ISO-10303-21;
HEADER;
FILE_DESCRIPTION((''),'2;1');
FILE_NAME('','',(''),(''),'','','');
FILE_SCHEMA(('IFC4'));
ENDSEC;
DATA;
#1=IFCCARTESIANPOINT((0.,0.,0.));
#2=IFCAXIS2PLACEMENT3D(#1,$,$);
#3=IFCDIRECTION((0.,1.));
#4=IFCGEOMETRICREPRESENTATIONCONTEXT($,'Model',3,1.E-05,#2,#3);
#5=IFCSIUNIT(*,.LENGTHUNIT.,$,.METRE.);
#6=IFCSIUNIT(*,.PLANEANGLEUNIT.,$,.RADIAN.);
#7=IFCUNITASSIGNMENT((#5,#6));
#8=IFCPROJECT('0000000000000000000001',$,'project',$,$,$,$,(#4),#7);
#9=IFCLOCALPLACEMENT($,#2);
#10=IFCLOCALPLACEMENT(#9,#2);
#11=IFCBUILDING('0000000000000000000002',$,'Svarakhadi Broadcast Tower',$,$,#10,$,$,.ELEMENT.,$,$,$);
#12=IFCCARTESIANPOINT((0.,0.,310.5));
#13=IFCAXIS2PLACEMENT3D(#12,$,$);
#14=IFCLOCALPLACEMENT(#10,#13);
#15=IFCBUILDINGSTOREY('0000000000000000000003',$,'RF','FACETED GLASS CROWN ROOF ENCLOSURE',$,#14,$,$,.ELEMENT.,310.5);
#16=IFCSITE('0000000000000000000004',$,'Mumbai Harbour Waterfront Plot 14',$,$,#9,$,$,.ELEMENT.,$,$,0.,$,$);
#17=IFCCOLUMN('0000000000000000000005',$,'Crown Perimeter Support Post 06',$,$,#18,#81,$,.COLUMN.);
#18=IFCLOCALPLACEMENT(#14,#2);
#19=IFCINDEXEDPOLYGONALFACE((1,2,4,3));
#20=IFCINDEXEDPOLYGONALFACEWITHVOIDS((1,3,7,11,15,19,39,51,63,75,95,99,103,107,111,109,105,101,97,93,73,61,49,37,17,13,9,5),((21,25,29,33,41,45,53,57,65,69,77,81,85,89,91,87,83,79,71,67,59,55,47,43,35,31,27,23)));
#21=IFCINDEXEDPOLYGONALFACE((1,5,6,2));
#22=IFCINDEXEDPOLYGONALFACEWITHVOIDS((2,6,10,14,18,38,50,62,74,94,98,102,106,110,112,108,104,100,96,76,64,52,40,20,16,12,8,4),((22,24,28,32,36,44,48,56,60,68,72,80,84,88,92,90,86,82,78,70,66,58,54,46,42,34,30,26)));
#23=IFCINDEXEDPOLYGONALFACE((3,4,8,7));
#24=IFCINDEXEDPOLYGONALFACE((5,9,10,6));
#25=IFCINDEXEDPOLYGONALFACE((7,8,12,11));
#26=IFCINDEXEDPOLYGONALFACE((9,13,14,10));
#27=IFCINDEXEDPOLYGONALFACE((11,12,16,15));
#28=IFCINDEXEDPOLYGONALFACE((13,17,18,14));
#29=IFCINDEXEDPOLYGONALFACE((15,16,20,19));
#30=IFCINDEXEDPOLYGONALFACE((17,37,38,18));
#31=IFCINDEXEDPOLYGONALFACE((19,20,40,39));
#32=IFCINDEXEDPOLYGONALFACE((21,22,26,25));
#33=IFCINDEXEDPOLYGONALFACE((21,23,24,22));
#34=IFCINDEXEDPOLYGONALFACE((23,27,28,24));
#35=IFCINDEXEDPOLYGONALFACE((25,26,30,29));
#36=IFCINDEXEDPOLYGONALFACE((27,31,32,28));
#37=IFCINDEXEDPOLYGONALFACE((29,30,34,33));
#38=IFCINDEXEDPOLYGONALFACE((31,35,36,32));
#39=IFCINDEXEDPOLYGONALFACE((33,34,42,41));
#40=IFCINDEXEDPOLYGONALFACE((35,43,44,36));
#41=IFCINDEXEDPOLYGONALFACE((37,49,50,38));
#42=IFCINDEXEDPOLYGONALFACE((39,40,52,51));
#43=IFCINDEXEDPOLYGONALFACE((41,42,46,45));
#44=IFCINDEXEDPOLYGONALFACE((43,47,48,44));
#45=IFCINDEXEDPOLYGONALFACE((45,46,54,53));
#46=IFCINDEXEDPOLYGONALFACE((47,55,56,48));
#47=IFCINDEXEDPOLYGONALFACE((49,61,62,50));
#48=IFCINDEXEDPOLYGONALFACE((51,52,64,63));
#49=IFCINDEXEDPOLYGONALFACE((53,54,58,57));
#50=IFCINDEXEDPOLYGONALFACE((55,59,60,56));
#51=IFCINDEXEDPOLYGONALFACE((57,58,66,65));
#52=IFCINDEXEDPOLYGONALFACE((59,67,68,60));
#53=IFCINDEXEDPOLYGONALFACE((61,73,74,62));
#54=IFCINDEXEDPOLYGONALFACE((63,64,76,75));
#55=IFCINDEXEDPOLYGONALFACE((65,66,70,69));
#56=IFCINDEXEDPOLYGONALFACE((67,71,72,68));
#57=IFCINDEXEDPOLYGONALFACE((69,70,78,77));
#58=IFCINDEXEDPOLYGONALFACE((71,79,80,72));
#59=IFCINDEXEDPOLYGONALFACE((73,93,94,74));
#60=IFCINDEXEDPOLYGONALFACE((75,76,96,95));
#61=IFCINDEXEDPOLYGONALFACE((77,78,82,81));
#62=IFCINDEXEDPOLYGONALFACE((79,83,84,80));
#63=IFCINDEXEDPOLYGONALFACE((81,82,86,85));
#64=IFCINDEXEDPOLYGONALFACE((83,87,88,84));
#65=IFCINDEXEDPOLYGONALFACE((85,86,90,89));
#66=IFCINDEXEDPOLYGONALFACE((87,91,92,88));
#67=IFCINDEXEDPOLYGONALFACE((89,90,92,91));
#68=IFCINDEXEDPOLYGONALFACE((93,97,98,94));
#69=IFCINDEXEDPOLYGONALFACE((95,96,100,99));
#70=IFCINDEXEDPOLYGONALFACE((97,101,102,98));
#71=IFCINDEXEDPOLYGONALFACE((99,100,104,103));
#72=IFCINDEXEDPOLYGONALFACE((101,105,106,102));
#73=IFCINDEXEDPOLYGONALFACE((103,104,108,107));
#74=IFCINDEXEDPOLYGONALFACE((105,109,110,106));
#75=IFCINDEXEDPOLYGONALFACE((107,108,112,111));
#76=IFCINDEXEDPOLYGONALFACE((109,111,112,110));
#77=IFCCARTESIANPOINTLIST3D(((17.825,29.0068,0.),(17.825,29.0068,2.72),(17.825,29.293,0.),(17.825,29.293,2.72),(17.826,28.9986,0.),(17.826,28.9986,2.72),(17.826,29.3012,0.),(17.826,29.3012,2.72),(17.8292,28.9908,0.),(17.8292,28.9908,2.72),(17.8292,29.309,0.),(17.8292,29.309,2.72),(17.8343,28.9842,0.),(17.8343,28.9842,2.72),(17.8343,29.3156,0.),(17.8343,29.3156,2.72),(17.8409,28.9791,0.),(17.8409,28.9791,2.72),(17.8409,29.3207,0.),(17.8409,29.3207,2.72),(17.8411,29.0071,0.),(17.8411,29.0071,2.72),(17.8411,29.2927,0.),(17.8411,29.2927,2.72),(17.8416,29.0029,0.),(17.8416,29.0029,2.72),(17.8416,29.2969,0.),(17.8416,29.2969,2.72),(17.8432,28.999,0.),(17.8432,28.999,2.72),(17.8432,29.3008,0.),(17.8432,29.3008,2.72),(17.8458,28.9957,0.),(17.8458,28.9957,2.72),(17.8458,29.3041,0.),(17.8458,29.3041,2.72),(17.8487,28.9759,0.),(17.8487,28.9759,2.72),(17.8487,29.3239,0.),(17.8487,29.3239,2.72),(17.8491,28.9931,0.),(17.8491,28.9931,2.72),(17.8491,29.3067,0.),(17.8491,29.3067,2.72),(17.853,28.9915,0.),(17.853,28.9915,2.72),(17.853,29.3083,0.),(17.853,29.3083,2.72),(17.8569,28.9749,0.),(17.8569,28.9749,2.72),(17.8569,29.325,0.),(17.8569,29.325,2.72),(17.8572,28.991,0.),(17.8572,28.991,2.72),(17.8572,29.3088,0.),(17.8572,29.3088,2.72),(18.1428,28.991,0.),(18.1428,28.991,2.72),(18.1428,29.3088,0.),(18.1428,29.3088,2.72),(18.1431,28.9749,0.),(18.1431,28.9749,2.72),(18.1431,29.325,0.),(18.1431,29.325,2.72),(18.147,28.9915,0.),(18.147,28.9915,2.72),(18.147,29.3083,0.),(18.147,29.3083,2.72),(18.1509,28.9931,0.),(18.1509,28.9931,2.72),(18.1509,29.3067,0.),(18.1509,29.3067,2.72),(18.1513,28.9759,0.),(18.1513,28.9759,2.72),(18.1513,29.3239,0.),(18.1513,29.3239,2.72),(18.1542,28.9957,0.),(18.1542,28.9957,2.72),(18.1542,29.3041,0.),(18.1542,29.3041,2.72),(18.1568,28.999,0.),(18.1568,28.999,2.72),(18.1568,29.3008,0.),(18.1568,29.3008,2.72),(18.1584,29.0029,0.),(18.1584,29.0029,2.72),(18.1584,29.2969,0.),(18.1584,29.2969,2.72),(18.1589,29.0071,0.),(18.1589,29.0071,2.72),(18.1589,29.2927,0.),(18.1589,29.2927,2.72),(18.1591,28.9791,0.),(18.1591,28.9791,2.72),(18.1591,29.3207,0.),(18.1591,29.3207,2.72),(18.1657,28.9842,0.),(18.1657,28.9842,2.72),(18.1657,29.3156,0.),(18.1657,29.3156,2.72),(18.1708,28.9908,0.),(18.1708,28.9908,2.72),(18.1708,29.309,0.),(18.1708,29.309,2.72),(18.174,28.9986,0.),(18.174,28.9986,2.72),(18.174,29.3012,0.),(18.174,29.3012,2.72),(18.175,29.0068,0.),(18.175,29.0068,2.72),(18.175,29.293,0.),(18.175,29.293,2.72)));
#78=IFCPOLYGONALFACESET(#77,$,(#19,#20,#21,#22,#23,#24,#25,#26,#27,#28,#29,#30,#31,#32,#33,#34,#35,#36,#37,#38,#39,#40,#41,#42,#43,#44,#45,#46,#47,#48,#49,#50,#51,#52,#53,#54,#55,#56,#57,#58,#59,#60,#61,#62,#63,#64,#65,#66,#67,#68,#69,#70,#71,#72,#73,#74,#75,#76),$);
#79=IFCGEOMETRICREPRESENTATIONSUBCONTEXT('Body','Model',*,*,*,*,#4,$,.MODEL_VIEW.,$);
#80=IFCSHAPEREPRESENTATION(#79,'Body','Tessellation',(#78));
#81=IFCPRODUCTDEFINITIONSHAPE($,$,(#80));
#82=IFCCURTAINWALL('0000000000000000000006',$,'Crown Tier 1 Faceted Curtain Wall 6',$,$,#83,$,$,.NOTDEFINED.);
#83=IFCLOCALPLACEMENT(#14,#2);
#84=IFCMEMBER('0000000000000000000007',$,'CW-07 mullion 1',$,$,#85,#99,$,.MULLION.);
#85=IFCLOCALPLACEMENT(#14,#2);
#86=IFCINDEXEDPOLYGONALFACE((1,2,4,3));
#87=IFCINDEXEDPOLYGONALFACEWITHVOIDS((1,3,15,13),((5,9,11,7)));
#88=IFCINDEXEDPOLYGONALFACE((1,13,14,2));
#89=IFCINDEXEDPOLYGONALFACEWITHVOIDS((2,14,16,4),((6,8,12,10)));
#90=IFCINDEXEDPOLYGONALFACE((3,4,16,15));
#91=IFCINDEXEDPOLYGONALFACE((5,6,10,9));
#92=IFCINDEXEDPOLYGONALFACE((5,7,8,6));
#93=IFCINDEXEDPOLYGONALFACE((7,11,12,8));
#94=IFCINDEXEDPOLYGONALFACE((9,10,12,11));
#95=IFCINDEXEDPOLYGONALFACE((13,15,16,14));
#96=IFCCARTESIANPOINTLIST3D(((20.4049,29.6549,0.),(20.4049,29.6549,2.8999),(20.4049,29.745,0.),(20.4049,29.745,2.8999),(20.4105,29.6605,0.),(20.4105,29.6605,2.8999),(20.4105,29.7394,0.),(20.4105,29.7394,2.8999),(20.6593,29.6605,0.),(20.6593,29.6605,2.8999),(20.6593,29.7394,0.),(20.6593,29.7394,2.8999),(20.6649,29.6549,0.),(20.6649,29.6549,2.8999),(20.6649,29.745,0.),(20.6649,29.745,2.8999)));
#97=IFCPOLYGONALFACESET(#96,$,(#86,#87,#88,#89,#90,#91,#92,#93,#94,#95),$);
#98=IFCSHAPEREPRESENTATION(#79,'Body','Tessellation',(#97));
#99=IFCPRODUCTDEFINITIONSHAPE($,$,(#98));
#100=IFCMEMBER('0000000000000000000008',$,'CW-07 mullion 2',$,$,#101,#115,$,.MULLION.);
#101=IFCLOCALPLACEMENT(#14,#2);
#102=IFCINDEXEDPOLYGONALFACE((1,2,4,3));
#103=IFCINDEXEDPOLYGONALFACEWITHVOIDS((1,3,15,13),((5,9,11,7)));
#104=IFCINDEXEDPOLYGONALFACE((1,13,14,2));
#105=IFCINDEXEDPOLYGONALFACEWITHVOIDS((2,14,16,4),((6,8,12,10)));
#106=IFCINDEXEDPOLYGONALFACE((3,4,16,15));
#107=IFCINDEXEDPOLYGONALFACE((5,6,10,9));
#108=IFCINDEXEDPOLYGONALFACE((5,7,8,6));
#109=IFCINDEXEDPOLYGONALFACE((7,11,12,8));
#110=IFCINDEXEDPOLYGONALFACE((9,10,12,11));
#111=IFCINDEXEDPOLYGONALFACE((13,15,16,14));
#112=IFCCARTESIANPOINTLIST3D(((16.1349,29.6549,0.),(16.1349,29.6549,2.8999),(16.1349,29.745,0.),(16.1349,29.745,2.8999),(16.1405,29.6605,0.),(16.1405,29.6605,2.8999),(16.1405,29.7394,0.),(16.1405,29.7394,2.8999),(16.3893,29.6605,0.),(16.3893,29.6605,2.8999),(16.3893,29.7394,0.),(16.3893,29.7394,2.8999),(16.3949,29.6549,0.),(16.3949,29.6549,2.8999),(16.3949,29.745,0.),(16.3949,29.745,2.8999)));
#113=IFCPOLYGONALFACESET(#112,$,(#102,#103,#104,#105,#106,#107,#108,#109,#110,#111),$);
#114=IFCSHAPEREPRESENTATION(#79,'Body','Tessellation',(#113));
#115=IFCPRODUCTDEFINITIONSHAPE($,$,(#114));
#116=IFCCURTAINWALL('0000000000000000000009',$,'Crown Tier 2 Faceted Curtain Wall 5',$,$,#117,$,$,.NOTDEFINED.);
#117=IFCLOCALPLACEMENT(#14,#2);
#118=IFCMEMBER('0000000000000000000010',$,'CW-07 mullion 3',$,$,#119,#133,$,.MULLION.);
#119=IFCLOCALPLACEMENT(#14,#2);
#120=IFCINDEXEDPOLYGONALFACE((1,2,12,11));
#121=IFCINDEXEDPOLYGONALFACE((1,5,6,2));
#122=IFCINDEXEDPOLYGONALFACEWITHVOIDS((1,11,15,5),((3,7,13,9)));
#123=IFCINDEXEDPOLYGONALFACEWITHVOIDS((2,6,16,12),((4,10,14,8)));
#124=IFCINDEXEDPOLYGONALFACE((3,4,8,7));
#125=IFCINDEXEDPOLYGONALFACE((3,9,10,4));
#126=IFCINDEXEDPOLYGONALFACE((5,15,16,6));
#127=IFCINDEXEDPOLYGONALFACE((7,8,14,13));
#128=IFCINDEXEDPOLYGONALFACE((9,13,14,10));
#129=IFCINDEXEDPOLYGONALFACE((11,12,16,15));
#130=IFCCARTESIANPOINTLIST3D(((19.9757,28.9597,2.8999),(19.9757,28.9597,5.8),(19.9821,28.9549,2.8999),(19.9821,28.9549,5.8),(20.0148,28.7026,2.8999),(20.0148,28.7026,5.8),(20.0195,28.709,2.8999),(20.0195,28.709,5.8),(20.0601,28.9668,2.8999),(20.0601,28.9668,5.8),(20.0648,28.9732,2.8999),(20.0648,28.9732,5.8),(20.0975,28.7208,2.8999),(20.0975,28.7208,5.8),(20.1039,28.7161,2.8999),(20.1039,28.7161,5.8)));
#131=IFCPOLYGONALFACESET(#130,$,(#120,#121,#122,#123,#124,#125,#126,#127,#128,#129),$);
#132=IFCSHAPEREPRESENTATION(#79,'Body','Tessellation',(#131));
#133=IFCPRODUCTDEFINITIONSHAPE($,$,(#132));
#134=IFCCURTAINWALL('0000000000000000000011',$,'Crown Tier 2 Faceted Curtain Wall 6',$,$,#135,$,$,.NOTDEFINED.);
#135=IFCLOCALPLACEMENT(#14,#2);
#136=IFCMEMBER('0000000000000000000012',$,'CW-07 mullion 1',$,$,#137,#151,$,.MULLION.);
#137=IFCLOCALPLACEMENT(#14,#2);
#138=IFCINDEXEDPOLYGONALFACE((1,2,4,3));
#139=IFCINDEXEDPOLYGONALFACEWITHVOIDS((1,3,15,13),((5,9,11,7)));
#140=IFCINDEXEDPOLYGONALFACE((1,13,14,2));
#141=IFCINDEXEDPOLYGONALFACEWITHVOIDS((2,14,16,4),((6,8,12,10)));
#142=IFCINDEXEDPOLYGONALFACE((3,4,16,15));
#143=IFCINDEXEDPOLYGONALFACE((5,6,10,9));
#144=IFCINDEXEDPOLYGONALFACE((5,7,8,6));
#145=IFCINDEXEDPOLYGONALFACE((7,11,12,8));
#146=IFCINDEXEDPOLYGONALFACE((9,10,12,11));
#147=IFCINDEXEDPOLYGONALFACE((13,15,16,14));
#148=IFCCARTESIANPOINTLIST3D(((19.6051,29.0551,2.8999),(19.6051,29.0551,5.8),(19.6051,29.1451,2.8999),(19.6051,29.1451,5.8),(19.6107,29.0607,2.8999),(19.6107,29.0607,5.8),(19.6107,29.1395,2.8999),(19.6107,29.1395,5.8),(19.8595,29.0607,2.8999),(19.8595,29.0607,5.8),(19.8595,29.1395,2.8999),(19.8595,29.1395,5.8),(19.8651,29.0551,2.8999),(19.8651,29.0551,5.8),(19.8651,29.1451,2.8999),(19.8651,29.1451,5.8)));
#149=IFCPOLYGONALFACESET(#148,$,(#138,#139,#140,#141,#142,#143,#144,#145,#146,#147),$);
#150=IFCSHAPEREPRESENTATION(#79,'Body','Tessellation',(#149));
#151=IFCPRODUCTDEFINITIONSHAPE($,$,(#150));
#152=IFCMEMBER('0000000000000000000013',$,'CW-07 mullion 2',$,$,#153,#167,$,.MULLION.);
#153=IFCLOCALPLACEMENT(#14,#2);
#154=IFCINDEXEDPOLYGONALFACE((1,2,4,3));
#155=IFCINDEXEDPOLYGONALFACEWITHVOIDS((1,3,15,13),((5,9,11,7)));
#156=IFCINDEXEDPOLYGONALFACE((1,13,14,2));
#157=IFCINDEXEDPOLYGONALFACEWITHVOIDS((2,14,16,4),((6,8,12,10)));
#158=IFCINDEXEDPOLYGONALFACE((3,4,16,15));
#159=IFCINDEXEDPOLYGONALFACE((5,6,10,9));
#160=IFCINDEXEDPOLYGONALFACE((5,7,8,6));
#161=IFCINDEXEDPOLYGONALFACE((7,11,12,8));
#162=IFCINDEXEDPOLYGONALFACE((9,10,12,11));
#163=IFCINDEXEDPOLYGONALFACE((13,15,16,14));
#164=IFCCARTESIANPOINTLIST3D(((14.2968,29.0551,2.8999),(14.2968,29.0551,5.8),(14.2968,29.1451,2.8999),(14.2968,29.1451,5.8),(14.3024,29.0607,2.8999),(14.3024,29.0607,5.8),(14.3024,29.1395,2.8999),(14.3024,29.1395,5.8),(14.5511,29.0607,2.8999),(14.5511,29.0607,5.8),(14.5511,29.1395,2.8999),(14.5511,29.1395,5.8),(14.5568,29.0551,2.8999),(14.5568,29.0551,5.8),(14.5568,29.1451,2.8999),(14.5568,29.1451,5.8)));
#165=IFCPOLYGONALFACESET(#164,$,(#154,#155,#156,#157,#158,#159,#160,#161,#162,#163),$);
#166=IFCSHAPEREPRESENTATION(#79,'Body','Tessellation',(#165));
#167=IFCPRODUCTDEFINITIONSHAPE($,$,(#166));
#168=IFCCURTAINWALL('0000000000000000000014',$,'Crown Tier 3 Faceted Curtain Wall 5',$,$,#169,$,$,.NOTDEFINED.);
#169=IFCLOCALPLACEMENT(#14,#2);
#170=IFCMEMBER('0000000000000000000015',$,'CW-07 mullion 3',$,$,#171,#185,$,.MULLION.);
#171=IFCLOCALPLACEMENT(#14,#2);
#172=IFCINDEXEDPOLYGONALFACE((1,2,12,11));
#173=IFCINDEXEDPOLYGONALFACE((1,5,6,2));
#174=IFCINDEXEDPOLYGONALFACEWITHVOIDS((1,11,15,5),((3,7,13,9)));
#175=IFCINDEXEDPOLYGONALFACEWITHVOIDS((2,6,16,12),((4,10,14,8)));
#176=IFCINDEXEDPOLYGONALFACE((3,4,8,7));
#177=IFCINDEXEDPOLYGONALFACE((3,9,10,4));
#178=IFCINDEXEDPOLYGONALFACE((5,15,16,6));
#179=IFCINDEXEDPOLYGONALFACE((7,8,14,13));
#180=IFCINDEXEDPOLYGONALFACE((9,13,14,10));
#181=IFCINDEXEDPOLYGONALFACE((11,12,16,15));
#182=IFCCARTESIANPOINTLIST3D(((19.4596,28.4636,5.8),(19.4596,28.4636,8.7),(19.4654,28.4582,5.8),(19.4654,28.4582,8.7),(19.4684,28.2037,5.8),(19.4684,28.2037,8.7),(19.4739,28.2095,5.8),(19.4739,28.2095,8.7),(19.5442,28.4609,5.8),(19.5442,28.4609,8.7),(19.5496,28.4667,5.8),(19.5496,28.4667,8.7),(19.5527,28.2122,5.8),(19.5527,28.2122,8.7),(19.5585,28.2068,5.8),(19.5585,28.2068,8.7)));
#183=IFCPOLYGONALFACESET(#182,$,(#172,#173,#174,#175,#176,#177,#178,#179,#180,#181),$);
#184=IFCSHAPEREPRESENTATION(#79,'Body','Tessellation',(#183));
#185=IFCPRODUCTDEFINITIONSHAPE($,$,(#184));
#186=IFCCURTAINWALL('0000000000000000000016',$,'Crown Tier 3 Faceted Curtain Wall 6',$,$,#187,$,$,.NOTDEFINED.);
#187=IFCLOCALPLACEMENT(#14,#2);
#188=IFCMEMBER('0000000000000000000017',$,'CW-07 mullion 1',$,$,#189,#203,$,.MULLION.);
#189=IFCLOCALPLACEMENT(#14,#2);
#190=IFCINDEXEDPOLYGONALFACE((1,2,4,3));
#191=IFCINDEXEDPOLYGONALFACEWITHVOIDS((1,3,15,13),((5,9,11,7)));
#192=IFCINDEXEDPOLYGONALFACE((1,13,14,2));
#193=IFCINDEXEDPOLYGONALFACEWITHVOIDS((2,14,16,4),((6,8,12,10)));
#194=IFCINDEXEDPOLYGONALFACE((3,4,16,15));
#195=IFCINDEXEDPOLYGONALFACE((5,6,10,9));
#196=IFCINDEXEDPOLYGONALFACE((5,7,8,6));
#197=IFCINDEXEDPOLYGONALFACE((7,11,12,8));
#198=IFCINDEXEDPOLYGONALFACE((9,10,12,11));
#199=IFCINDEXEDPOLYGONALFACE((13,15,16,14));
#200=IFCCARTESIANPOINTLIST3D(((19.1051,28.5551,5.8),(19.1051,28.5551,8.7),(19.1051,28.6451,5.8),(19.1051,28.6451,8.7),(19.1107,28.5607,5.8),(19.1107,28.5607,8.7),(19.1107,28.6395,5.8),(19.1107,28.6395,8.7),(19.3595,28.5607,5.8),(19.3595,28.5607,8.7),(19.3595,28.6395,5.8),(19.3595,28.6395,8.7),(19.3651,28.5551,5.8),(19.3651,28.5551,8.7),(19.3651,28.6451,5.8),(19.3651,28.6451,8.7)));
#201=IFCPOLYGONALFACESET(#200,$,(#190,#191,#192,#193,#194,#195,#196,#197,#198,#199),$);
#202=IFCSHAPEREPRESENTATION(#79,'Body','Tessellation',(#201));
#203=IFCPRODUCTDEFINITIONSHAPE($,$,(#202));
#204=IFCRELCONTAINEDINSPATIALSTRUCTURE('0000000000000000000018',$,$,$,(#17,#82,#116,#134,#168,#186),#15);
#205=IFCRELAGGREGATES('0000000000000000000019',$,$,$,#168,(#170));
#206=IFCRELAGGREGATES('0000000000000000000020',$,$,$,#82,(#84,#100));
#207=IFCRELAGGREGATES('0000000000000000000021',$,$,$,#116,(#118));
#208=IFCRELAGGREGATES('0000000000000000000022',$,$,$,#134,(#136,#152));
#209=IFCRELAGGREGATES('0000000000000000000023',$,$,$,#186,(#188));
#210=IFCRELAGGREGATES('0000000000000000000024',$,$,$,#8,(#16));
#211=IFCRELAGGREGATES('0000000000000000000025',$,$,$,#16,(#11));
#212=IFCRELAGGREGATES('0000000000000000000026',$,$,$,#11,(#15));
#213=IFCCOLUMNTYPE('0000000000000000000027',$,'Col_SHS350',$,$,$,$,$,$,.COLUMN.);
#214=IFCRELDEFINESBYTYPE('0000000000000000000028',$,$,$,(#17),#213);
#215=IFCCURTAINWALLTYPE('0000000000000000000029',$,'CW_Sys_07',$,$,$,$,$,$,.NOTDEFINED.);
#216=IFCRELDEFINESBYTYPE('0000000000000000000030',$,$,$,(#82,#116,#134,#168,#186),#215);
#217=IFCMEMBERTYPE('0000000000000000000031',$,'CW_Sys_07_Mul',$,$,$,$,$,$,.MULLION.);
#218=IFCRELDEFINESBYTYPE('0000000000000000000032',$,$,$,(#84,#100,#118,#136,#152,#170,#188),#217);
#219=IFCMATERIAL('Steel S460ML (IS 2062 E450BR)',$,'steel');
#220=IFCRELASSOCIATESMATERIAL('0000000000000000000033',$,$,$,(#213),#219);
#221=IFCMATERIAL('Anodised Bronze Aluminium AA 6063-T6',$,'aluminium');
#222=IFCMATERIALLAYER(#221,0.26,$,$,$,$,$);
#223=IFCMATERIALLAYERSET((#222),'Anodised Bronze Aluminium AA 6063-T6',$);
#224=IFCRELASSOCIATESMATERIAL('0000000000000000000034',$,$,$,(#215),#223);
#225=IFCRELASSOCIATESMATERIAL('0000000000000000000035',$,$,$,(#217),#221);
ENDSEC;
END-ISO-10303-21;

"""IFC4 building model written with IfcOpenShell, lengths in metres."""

from ifc_helpers import new_model, si_unit, direction, frame, origin, origin_2d, place, context, subcontext, project, spatial, hollow_rectangle, extrude, material, layer, layer_set, material_profile, profile_set, type_object, element, aggregate, save


model = new_model("IFC4")

# Units and contexts
model_context = context("Model", 3, precision=1e-05, world=origin(), true_north=direction((0.0, 1.0)))
body_context = subcontext(model_context, "Body", "Model", "MODEL_VIEW")
ifc_project = project(units=[si_unit("LENGTHUNIT", "METRE"), si_unit("PLANEANGLEUNIT", "RADIAN")], contexts=[model_context])

# Site, building, storey
site_placement = place(None, origin())
site = spatial("IfcSite", under=ifc_project, at=site_placement, Name="Mumbai Harbour Waterfront Plot 14", CompositionType="ELEMENT", RefElevation=0.0)
building_placement = place(site_placement, origin())
building = spatial("IfcBuilding", under=site, at=building_placement, Name="Svarakhadi Broadcast Tower", CompositionType="ELEMENT")
storey_placement = place(building_placement, frame((0.0, 0.0, 310.5)))
storey = spatial("IfcBuildingStorey", under=building, at=storey_placement, Name="RF", Description="FACETED GLASS CROWN ROOF ENCLOSURE", CompositionType="ELEMENT", Elevation=310.5)

# Column
ifc_material_1 = material(Name="Steel S460ML (IS 2062 E450BR)", Category="steel")
ifc_material_profile_1 = material_profile(ifc_material_1, hollow_rectangle(XDim=0.3501, YDim=0.3501, WallThickness=0.0161, InnerFilletRadius=0.0161, OuterFilletRadius=0.032, at=origin_2d()), Name="SHS 350x350x16")
ifc_profile_set_1 = profile_set([ifc_material_profile_1], Name="Steel S460ML (IS 2062 E450BR)")
column_type = type_object("IfcColumnType", Name="Col_SHS350", PredefinedType="COLUMN", material=ifc_profile_set_1)
column_placement = place(storey_placement, frame((18.0, 29.1499, 0.0), z_axis=(0.0, 0.0, 1.0), x_axis=(1.0, 0.0, 0.0)))
element("IfcColumn", 1, at=column_placement, inside=storey, type_object=column_type, Name="Crown Perimeter Support Post 06", PredefinedType="COLUMN", context=body_context, shape_type="SweptSolid", body=[
    extrude(hollow_rectangle(XDim=0.3501, YDim=0.3501, WallThickness=0.0161, InnerFilletRadius=0.0161, OuterFilletRadius=0.032, at=origin_2d()), origin(), (0.0, 0.0, 1.0), 2.72),
])

# Curtain wall, members
ifc_material_2 = material(Name="Anodised Bronze Aluminium AA 6063-T6", Category="aluminium")
ifc_layer_1 = layer(ifc_material_2, 0.26)
ifc_layer_set_1 = layer_set([ifc_layer_1], Name="Anodised Bronze Aluminium AA 6063-T6")
curtain_wall_type = type_object("IfcCurtainWallType", Name="CW_Sys_07", PredefinedType="NOTDEFINED", material=ifc_layer_set_1)
curtain_wall_1_placement = place(storey_placement, origin())
curtain_wall_1 = element("IfcCurtainWall", 2, at=curtain_wall_1_placement, inside=storey, type_object=curtain_wall_type, Name="Crown Tier 1 Faceted Curtain Wall 6", PredefinedType="NOTDEFINED")
ifc_material_profile_2 = material_profile(ifc_material_2, hollow_rectangle(XDim=0.0901, YDim=0.26, WallThickness=0.0056, at=origin_2d()), Name="ALU MULLION 260x90x6")
ifc_profile_set_2 = profile_set([ifc_material_profile_2], Name="Anodised Bronze Aluminium AA 6063-T6")
member_type_1 = type_object("IfcMemberType", Name="CW_Sys_07_Mul", PredefinedType="MULLION", material=ifc_profile_set_2)
member_1_placement = place(storey_placement, frame((20.5349, 29.7, 0.0), z_axis=(0.0, 0.0, 1.0), x_axis=(0.0, -1.0, 0.0)))
member_1 = element("IfcMember", 3, at=member_1_placement, type_object=member_type_1, Name="CW-07 mullion 1", PredefinedType="MULLION", context=body_context, shape_type="SweptSolid", body=[
    extrude(hollow_rectangle(XDim=0.0901, YDim=0.26, WallThickness=0.0056, at=origin_2d()), origin(), (0.0, 0.0, 1.0), 2.8999),
])
member_2_placement = place(storey_placement, frame((16.2649, 29.7, 0.0), z_axis=(0.0, 0.0, 1.0), x_axis=(0.0, -1.0, 0.0)))
member_2 = element("IfcMember", 4, at=member_2_placement, type_object=member_type_1, Name="CW-07 mullion 2", PredefinedType="MULLION", context=body_context, shape_type="SweptSolid", body=[
    extrude(hollow_rectangle(XDim=0.0901, YDim=0.26, WallThickness=0.0056, at=origin_2d()), origin(), (0.0, 0.0, 1.0), 2.8999),
])

# Curtain wall, member
curtain_wall_2_placement = place(storey_placement, origin())
curtain_wall_2 = element("IfcCurtainWall", 5, at=curtain_wall_2_placement, inside=storey, type_object=curtain_wall_type, Name="Crown Tier 2 Faceted Curtain Wall 5", PredefinedType="NOTDEFINED")
member_3_placement = place(storey_placement, frame((20.0398, 28.8379, 2.8999), z_axis=(0.0, 0.0, 1.0), x_axis=(-0.988658, -0.150186, 0.0)))
member_3 = element("IfcMember", 6, at=member_3_placement, type_object=member_type_1, Name="CW-07 mullion 3", PredefinedType="MULLION", context=body_context, shape_type="SweptSolid", body=[
    extrude(hollow_rectangle(XDim=0.0901, YDim=0.26, WallThickness=0.0056, at=origin_2d()), origin(), (0.0, 0.0, 1.0), 2.9001),
])

# Curtain wall, members
curtain_wall_3_placement = place(storey_placement, origin())
curtain_wall_3 = element("IfcCurtainWall", 7, at=curtain_wall_3_placement, inside=storey, type_object=curtain_wall_type, Name="Crown Tier 2 Faceted Curtain Wall 6", PredefinedType="NOTDEFINED")
member_4_placement = place(storey_placement, frame((19.7351, 29.1001, 2.8999), z_axis=(0.0, 0.0, 1.0), x_axis=(0.0, -1.0, 0.0)))
member_4 = element("IfcMember", 8, at=member_4_placement, type_object=member_type_1, Name="CW-07 mullion 1", PredefinedType="MULLION", context=body_context, shape_type="SweptSolid", body=[
    extrude(hollow_rectangle(XDim=0.0901, YDim=0.26, WallThickness=0.0056, at=origin_2d()), origin(), (0.0, 0.0, 1.0), 2.9001),
])
member_5_placement = place(storey_placement, frame((14.4268, 29.1001, 2.8999), z_axis=(0.0, 0.0, 1.0), x_axis=(0.0, -1.0, 0.0)))
member_5 = element("IfcMember", 9, at=member_5_placement, type_object=member_type_1, Name="CW-07 mullion 2", PredefinedType="MULLION", context=body_context, shape_type="SweptSolid", body=[
    extrude(hollow_rectangle(XDim=0.0901, YDim=0.26, WallThickness=0.0056, at=origin_2d()), origin(), (0.0, 0.0, 1.0), 2.9001),
])

# Curtain walls, members
curtain_wall_4_placement = place(storey_placement, origin())
curtain_wall_4 = element("IfcCurtainWall", 10, at=curtain_wall_4_placement, inside=storey, type_object=curtain_wall_type, Name="Crown Tier 3 Faceted Curtain Wall 5", PredefinedType="NOTDEFINED")
member_6_placement = place(storey_placement, frame((19.509, 28.3352, 5.8), z_axis=(0.0, 0.0, 1.0), x_axis=(-0.999419, -0.03407, 0.0)))
member_6 = element("IfcMember", 11, at=member_6_placement, type_object=member_type_1, Name="CW-07 mullion 3", PredefinedType="MULLION", context=body_context, shape_type="SweptSolid", body=[
    extrude(hollow_rectangle(XDim=0.0901, YDim=0.26, WallThickness=0.0056, at=origin_2d()), origin(), (0.0, 0.0, 1.0), 2.8999),
])
aggregate(curtain_wall_4, [member_6])
curtain_wall_5_placement = place(storey_placement, origin())
curtain_wall_5 = element("IfcCurtainWall", 12, at=curtain_wall_5_placement, inside=storey, type_object=curtain_wall_type, Name="Crown Tier 3 Faceted Curtain Wall 6", PredefinedType="NOTDEFINED")
member_7_placement = place(storey_placement, frame((19.2351, 28.6001, 5.8), z_axis=(0.0, 0.0, 1.0), x_axis=(0.0, -1.0, 0.0)))
member_7 = element("IfcMember", 13, at=member_7_placement, type_object=member_type_1, Name="CW-07 mullion 1", PredefinedType="MULLION", context=body_context, shape_type="SweptSolid", body=[
    extrude(hollow_rectangle(XDim=0.0901, YDim=0.26, WallThickness=0.0056, at=origin_2d()), origin(), (0.0, 0.0, 1.0), 2.8999),
])

aggregate(curtain_wall_1, [member_1, member_2])
aggregate(curtain_wall_2, [member_3])
aggregate(curtain_wall_3, [member_4, member_5])
aggregate(curtain_wall_5, [member_7])

save(model, "model.ifc")
